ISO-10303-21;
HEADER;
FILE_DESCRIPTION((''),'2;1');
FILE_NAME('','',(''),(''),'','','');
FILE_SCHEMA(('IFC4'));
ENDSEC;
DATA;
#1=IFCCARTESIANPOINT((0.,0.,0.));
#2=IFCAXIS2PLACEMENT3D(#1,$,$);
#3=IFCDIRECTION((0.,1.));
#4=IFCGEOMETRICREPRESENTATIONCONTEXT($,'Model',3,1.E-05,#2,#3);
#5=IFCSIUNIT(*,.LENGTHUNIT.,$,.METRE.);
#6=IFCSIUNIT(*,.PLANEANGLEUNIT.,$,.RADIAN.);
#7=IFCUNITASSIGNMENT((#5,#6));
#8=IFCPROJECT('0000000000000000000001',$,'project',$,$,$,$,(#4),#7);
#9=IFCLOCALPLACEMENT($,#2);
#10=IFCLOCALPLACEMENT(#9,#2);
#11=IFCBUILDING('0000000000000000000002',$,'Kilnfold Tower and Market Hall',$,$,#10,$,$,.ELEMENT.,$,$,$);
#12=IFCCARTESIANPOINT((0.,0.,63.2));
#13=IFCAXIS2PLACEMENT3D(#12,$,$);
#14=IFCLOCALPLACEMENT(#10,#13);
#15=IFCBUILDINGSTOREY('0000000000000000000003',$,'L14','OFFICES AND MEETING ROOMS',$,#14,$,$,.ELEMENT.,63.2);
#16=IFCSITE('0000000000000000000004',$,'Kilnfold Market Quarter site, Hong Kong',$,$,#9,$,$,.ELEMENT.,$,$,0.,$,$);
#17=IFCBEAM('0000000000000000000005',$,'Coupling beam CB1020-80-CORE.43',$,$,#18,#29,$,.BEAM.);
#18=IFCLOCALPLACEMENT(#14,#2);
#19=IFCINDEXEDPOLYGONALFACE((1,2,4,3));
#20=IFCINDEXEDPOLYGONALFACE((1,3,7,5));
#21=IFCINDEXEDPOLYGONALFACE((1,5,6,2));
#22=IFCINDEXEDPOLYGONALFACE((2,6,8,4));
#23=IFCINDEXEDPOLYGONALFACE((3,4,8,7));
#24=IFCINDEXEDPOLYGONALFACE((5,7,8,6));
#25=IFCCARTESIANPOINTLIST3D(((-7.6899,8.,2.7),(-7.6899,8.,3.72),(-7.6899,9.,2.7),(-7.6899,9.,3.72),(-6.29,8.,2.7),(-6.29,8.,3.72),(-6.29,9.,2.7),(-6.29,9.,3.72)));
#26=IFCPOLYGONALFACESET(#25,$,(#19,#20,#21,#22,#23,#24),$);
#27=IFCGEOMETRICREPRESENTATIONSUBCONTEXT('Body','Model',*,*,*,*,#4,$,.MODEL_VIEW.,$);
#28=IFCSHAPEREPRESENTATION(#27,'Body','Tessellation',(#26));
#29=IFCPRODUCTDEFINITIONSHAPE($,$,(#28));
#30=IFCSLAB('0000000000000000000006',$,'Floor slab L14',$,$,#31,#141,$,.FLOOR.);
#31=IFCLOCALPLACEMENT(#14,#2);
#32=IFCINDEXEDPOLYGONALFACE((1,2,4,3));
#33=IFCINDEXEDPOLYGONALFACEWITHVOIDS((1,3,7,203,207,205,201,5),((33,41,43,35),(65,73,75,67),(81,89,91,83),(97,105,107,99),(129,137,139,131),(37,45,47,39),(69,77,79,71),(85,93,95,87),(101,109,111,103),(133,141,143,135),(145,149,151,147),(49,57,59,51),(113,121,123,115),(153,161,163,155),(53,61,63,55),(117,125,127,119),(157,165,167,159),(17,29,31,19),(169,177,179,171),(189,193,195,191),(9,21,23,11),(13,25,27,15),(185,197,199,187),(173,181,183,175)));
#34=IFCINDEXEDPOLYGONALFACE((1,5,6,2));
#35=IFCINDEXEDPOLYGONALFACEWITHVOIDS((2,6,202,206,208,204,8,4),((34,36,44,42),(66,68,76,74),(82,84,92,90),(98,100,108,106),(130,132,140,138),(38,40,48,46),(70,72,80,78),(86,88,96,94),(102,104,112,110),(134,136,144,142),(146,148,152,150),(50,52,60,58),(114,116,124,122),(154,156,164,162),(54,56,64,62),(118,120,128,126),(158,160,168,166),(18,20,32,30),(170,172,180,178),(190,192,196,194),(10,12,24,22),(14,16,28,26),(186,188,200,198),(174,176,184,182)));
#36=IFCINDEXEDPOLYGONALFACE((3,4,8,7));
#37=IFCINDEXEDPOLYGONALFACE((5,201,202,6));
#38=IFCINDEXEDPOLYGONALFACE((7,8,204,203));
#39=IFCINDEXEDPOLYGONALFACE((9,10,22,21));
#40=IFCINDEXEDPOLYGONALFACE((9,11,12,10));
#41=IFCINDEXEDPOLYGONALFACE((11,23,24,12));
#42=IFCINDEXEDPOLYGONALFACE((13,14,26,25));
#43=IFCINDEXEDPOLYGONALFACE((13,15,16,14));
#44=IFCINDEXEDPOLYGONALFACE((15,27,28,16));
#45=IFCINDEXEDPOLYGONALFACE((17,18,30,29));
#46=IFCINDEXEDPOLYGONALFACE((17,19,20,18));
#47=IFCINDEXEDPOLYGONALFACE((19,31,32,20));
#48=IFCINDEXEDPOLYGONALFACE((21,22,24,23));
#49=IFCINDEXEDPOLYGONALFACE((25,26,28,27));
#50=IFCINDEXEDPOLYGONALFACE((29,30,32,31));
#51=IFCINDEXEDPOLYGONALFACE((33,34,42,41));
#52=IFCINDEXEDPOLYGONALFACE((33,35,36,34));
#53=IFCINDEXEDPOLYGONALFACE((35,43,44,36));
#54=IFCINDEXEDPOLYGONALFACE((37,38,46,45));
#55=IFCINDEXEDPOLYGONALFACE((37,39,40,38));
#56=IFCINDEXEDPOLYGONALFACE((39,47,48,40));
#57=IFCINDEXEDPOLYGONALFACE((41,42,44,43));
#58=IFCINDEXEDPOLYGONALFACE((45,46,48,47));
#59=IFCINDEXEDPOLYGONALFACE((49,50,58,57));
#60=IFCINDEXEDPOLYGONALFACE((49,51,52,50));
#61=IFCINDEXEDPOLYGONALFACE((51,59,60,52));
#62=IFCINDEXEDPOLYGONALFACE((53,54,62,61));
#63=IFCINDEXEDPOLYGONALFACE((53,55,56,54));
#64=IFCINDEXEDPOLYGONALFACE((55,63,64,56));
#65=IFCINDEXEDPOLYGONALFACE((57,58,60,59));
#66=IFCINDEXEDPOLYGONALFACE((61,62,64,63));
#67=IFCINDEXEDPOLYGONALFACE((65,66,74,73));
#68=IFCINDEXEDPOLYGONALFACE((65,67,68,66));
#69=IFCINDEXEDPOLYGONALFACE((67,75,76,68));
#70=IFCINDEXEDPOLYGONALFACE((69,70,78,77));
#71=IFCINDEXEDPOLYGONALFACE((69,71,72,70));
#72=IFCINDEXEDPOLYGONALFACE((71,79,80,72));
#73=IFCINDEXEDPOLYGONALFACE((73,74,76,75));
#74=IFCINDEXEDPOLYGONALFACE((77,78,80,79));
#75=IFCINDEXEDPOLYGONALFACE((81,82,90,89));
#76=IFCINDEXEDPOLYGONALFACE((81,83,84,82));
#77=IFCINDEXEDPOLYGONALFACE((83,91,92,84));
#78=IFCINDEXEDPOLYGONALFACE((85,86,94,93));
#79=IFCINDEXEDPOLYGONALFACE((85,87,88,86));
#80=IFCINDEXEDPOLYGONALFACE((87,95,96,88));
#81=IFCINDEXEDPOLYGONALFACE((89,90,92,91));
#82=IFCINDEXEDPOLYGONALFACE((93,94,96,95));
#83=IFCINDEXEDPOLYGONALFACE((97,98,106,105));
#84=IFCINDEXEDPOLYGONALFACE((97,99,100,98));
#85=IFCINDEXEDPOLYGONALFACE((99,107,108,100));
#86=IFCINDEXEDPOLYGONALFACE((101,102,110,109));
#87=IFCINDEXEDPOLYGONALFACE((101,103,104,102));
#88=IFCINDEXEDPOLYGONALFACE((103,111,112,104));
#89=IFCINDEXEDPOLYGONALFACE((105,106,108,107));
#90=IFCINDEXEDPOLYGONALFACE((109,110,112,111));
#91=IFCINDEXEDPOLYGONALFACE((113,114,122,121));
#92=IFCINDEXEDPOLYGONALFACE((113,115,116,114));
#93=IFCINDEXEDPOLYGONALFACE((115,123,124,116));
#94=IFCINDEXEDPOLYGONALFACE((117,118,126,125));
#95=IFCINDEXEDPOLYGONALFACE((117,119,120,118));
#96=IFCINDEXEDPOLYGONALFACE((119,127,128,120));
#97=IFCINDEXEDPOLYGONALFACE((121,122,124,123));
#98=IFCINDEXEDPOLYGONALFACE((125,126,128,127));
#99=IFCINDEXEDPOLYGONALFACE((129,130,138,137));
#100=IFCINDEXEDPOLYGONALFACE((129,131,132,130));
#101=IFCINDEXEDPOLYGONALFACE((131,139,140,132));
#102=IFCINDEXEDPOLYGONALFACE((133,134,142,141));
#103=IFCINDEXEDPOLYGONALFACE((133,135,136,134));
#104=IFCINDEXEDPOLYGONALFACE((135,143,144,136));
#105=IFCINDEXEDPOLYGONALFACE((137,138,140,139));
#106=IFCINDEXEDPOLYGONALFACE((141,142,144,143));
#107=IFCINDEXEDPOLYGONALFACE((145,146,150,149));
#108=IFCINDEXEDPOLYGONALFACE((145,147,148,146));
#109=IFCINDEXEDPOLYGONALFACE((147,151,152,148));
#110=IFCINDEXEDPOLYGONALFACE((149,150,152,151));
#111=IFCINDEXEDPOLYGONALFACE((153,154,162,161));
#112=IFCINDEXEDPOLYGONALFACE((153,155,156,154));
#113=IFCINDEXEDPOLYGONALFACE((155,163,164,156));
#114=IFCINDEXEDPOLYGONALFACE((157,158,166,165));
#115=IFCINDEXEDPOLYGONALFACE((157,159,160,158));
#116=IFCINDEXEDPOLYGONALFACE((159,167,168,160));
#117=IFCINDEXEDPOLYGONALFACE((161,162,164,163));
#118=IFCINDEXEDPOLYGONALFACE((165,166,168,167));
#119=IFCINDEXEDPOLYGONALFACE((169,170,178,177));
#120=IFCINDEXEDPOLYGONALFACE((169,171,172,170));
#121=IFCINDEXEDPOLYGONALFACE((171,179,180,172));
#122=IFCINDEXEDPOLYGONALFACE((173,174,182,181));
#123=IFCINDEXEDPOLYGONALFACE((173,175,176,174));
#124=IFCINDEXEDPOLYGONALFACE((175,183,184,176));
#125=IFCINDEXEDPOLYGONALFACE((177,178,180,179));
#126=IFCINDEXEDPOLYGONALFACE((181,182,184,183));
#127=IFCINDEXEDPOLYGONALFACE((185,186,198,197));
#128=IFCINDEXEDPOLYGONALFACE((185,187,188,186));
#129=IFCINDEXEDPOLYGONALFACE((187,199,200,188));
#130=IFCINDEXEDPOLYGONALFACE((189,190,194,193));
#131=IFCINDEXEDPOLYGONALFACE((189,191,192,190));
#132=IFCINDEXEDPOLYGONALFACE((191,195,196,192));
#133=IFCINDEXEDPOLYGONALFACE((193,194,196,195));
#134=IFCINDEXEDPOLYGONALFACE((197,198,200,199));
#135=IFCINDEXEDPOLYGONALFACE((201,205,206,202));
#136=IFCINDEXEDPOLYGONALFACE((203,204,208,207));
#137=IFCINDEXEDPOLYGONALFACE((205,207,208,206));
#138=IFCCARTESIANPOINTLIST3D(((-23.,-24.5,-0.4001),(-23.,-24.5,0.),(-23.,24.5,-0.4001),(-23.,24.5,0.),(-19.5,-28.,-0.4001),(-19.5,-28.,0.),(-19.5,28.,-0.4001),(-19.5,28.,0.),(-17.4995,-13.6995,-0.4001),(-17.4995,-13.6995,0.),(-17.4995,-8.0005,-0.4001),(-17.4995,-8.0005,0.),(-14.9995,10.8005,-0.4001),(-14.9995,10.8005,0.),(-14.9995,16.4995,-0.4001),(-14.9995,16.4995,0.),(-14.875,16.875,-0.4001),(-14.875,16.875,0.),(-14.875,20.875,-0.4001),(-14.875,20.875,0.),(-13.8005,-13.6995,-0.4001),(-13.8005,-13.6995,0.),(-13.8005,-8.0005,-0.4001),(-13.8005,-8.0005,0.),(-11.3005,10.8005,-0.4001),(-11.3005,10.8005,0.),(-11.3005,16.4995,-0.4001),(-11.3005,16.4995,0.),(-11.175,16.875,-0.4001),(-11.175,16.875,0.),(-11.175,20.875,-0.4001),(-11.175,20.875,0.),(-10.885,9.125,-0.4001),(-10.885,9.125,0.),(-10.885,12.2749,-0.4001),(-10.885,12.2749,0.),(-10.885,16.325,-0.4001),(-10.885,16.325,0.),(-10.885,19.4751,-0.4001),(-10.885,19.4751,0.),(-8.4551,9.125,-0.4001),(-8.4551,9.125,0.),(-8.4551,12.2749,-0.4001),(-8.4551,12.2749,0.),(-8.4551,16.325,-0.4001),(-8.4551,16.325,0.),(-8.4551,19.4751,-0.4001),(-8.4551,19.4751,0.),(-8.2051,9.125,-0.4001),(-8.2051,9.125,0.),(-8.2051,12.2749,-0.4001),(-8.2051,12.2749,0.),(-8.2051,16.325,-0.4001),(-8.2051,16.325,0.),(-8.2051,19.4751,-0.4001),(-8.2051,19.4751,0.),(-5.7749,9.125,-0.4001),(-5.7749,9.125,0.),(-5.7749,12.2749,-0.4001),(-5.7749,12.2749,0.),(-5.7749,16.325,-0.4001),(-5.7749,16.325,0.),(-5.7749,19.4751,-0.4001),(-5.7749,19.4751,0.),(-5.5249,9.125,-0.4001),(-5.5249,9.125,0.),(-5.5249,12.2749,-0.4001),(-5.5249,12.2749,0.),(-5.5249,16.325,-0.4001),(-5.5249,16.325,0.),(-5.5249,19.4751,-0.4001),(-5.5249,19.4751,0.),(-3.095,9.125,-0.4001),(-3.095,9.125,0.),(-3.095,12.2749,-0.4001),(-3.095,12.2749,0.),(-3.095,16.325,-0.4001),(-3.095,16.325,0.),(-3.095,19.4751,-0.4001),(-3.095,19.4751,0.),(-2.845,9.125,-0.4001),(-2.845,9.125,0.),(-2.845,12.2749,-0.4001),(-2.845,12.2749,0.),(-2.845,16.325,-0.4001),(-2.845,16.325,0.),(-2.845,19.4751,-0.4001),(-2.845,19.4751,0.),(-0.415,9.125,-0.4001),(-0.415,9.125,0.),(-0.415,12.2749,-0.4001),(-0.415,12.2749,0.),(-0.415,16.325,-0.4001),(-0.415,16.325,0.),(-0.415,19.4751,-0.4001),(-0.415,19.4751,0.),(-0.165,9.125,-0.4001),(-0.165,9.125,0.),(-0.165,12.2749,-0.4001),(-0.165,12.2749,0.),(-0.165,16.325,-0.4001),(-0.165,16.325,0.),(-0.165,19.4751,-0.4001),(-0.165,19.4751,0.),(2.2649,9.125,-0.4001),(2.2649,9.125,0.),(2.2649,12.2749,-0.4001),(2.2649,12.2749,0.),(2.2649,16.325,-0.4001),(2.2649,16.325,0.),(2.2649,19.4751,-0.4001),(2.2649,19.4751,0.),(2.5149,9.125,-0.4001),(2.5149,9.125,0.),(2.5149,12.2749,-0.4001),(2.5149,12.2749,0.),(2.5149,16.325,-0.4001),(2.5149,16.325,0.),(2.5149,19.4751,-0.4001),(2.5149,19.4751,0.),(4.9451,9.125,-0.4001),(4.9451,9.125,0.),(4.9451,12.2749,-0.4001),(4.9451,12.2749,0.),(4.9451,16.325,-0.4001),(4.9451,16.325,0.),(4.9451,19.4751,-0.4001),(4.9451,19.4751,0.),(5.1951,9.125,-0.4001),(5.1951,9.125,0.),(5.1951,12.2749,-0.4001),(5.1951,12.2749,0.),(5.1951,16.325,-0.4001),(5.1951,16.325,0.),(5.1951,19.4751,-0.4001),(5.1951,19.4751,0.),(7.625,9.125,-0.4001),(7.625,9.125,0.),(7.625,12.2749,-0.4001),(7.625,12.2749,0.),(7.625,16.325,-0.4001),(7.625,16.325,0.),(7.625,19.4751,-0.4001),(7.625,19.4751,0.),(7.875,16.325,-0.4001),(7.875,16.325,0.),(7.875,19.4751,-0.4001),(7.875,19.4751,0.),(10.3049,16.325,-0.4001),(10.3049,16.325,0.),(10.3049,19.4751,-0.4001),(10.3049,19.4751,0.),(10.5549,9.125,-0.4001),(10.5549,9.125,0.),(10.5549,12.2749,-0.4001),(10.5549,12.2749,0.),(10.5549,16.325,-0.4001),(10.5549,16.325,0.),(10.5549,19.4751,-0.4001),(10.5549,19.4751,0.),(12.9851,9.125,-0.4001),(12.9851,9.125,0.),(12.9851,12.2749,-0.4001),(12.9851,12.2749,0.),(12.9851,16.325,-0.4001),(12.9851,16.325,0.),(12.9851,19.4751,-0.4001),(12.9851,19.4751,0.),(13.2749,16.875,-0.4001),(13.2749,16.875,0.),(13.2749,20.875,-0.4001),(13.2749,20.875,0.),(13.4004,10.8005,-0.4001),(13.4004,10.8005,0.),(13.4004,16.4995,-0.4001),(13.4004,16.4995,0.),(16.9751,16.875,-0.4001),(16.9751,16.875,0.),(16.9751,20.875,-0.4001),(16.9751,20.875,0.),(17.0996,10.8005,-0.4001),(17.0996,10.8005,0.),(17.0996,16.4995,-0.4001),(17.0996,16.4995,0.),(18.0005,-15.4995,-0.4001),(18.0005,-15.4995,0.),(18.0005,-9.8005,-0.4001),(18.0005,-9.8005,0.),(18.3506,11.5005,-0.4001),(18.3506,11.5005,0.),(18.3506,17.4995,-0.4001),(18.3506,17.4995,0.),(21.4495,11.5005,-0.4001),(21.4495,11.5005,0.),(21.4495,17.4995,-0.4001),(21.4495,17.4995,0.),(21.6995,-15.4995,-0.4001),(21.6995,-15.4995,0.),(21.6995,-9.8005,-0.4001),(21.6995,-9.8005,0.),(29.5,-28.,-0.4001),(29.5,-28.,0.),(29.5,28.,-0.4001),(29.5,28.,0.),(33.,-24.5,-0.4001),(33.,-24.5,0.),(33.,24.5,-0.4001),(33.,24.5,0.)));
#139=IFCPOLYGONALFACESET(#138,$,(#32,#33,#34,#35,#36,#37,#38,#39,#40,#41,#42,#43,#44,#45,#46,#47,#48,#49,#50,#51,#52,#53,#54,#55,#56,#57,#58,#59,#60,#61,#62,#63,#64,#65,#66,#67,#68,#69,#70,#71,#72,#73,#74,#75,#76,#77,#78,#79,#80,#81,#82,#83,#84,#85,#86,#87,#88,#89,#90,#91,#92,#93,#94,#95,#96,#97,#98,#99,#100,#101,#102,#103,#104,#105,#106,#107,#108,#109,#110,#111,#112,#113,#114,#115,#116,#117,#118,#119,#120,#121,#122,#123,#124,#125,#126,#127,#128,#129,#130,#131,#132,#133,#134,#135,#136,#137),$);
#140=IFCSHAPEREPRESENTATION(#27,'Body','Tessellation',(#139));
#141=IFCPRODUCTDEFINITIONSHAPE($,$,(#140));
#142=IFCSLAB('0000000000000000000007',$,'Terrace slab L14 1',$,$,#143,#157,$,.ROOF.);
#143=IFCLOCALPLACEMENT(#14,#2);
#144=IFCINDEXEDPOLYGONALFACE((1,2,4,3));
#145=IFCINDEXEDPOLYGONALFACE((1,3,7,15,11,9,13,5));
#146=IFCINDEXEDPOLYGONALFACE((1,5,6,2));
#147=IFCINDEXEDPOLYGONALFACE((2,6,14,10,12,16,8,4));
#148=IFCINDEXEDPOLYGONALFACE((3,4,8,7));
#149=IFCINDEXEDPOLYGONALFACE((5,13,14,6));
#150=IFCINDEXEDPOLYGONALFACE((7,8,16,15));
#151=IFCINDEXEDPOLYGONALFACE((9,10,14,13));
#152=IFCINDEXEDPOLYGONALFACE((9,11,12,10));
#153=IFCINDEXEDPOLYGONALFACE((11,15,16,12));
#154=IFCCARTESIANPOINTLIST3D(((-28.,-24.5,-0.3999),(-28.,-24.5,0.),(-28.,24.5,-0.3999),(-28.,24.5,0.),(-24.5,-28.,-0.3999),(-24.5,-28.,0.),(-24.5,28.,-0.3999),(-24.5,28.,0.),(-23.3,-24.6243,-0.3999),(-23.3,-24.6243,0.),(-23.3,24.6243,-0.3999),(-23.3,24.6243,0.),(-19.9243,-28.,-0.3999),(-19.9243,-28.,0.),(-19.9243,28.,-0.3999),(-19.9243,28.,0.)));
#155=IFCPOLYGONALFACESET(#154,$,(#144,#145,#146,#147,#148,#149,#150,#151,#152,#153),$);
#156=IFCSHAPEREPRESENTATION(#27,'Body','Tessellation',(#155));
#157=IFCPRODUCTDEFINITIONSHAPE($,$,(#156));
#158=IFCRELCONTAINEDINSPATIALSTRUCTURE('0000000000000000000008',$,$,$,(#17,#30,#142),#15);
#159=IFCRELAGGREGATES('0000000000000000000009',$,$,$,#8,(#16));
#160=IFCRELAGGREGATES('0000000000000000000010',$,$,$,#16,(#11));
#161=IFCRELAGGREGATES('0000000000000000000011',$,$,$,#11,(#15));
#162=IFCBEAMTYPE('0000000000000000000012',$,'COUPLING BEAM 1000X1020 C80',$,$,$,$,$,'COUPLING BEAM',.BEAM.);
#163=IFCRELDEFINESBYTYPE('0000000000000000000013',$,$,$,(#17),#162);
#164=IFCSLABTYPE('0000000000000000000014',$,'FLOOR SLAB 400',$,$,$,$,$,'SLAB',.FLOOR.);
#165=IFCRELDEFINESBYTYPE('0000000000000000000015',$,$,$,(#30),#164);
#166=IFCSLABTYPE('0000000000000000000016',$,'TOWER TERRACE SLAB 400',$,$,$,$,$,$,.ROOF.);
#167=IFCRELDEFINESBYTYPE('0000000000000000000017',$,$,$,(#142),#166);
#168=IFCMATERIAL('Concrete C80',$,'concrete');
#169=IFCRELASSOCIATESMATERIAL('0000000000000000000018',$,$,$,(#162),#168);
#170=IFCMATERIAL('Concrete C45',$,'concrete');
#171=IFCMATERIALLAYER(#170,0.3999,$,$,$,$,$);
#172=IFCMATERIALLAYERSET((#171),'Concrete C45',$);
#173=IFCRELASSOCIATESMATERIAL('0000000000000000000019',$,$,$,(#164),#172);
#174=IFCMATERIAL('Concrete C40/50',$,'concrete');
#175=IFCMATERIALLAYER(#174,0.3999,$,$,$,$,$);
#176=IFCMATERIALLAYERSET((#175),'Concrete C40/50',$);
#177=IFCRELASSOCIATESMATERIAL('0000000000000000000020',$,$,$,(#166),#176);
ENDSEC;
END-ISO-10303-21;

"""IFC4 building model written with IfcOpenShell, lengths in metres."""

from ifc_helpers import new_model, si_unit, direction, frame, origin, origin_2d, place, context, subcontext, project, spatial, polyline, rectangle, outline, extrude, source, transform, mapped, material, layer, layer_set, material_profile, profile_set, type_object, element, save


model = new_model("IFC4")

# Units and contexts
model_context = context("Model", 3, precision=1e-05, world=origin(), true_north=direction((0.0, 1.0)))
body_context = subcontext(model_context, "Body", "Model", "MODEL_VIEW")
ifc_project = project(units=[si_unit("LENGTHUNIT", "METRE"), si_unit("PLANEANGLEUNIT", "RADIAN")], contexts=[model_context])

# Site, building, storey
site_placement = place(None, origin())
site = spatial("IfcSite", under=ifc_project, at=site_placement, Name="Kilnfold Market Quarter site, Hong Kong", CompositionType="ELEMENT", RefElevation=0.0)
building_placement = place(site_placement, origin())
building = spatial("IfcBuilding", under=site, at=building_placement, Name="Kilnfold Tower and Market Hall", CompositionType="ELEMENT")
storey_placement = place(building_placement, frame((0.0, 0.0, 63.2)))
storey = spatial("IfcBuildingStorey", under=building, at=storey_placement, Name="L14", Description="OFFICES AND MEETING ROOMS", CompositionType="ELEMENT", Elevation=63.2)

# Beam
ifc_material_1 = material(Name="Concrete C80", Category="concrete")
ifc_material_profile = material_profile(ifc_material_1, rectangle(XDim=1.0, YDim=1.02, at=origin_2d()), Name="RC 1000x1020")
ifc_profile_set = profile_set([ifc_material_profile], Name="Concrete C80")
beam_type = type_object("IfcBeamType", Name="COUPLING BEAM 1000X1020 C80", ElementType="COUPLING BEAM", PredefinedType="BEAM", material=ifc_profile_set)
shared_shape_1 = source(origin(), body_context, "Body", "SweptSolid", [
    extrude(rectangle(XDim=1.0, YDim=1.02, at=origin_2d()), origin(), (0.0, 0.0, 1.0), 1.3999),
])
beam_placement = place(storey_placement, frame((-7.6899, 8.5, 3.21), z_axis=(1.0, 0.0, 0.0), x_axis=(0.0, 1.0, 0.0)))
element("IfcBeam", 1, at=beam_placement, inside=storey, type_object=beam_type, Name="Coupling beam CB1020-80-CORE.43", PredefinedType="BEAM", context=body_context, shape_type="MappedRepresentation", body=[
    mapped(shared_shape_1, transform((0.0, 0.0, 0.0))),
])

# Slabs
ifc_material_2 = material(Name="Concrete C45", Category="concrete")
ifc_layer_1 = layer(ifc_material_2, 0.3999)
ifc_layer_set_1 = layer_set([ifc_layer_1], Name="Concrete C45")
slab_type_1 = type_object("IfcSlabType", Name="FLOOR SLAB 400", ElementType="SLAB", PredefinedType="FLOOR", material=ifc_layer_set_1)
shared_shape_2 = source(origin(), body_context, "Body", "SweptSolid", [
    extrude(outline(polyline([(-19.5, -28.0), (29.5, -28.0), (33.0, -24.5), (33.0, 24.5), (29.5, 28.0), (-19.5, 28.0), (-23.0, 24.5), (-23.0, -24.5), (-19.5, -28.0)]), holes=[polyline([(-13.8005, -13.6995), (-17.4995, -13.6995), (-17.4995, -8.0005), (-13.8005, -8.0005), (-13.8005, -13.6995)]), polyline([(-14.9995, 10.8005), (-14.9995, 16.4995), (-11.3005, 16.4995), (-11.3005, 10.8005), (-14.9995, 10.8005)]), polyline([(-14.875, 16.875), (-14.875, 20.875), (-11.175, 20.875), (-11.175, 16.875), (-14.875, 16.875)]), polyline([(-10.885, 9.125), (-10.885, 12.2749), (-8.4551, 12.2749), (-8.4551, 9.125), (-10.885, 9.125)]), polyline([(-8.4551, 16.325), (-10.885, 16.325), (-10.885, 19.4751), (-8.4551, 19.4751), (-8.4551, 16.325)]), polyline([(-8.2051, 9.125), (-8.2051, 12.2749), (-5.7749, 12.2749), (-5.7749, 9.125), (-8.2051, 9.125)]), polyline([(-8.2051, 16.325), (-8.2051, 19.4751), (-5.7749, 19.4751), (-5.7749, 16.325), (-8.2051, 16.325)]), polyline([(-3.095, 9.125), (-5.5249, 9.125), (-5.5249, 12.2749), (-3.095, 12.2749), (-3.095, 9.125)]), polyline([(-5.5249, 16.325), (-5.5249, 19.4751), (-3.095, 19.4751), (-3.095, 16.325), (-5.5249, 16.325)]), polyline([(-2.845, 9.125), (-2.845, 12.2749), (-0.415, 12.2749), (-0.415, 9.125), (-2.845, 9.125)]), polyline([(-0.415, 16.325), (-2.845, 16.325), (-2.845, 19.4751), (-0.415, 19.4751), (-0.415, 16.325)]), polyline([(-0.165, 9.125), (-0.165, 12.2749), (2.2649, 12.2749), (2.2649, 9.125), (-0.165, 9.125)]), polyline([(-0.165, 16.325), (-0.165, 19.4751), (2.2649, 19.4751), (2.2649, 16.325), (-0.165, 16.325)]), polyline([(2.5149, 9.125), (2.5149, 12.2749), (4.9451, 12.2749), (4.9451, 9.125), (2.5149, 9.125)]), polyline([(2.5149, 16.325), (2.5149, 19.4751), (4.9451, 19.4751), (4.9451, 16.325), (2.5149, 16.325)]), polyline([(7.625, 9.125), (5.1951, 9.125), (5.1951, 12.2749), (7.625, 12.2749), (7.625, 9.125)]), polyline([(5.1951, 16.325), (5.1951, 19.4751), (7.625, 19.4751), (7.625, 16.325), (5.1951, 16.325)]), polyline([(10.3049, 16.325), (7.875, 16.325), (7.875, 19.4751), (10.3049, 19.4751), (10.3049, 16.325)]), polyline([(10.5549, 9.125), (10.5549, 12.2749), (12.9851, 12.2749), (12.9851, 9.125), (10.5549, 9.125)]), polyline([(10.5549, 16.325), (10.5549, 19.4751), (12.9851, 19.4751), (12.9851, 16.325), (10.5549, 16.325)]), polyline([(13.2749, 16.875), (13.2749, 20.875), (16.9751, 20.875), (16.9751, 16.875), (13.2749, 16.875)]), polyline([(13.4004, 10.8005), (13.4004, 16.4995), (17.0996, 16.4995), (17.0996, 10.8005), (13.4004, 10.8005)]), polyline([(18.0005, -9.8005), (21.6995, -9.8005), (21.6995, -15.4995), (18.0005, -15.4995), (18.0005, -9.8005)]), polyline([(21.4495, 11.5005), (18.3506, 11.5005), (18.3506, 17.4995), (21.4495, 17.4995), (21.4495, 11.5005)])]), origin(), (0.0, 0.0, 1.0), 0.4001),
])
slab_1_placement = place(storey_placement, frame((0.0, 0.0, -0.4001)))
element("IfcSlab", 2, at=slab_1_placement, inside=storey, type_object=slab_type_1, Name="Floor slab L14", PredefinedType="FLOOR", context=body_context, shape_type="MappedRepresentation", body=[
    mapped(shared_shape_2, transform((0.0, 0.0, 0.0))),
])
ifc_material_3 = material(Name="Concrete C40/50", Category="concrete")
ifc_layer_2 = layer(ifc_material_3, 0.3999)
ifc_layer_set_2 = layer_set([ifc_layer_2], Name="Concrete C40/50")
slab_type_2 = type_object("IfcSlabType", Name="TOWER TERRACE SLAB 400", PredefinedType="ROOF", material=ifc_layer_set_2)
shared_shape_3 = source(origin(), body_context, "Body", "SweptSolid", [
    extrude(outline(polyline([(-24.5, -28.0), (-28.0, -24.5), (-28.0, 24.5), (-24.5, 28.0), (-19.9243, 28.0), (-23.3, 24.6243), (-23.3, -24.6243), (-19.9243, -28.0), (-24.5, -28.0)])), origin(), (0.0, 0.0, 1.0), 0.3999),
])
slab_2_placement = place(storey_placement, frame((0.0, 0.0, -0.3999)))
element("IfcSlab", 3, at=slab_2_placement, inside=storey, type_object=slab_type_2, Name="Terrace slab L14 1", PredefinedType="ROOF", context=body_context, shape_type="MappedRepresentation", body=[
    mapped(shared_shape_3, transform((0.0, 0.0, 0.0))),
])

save(model, "model.ifc")
